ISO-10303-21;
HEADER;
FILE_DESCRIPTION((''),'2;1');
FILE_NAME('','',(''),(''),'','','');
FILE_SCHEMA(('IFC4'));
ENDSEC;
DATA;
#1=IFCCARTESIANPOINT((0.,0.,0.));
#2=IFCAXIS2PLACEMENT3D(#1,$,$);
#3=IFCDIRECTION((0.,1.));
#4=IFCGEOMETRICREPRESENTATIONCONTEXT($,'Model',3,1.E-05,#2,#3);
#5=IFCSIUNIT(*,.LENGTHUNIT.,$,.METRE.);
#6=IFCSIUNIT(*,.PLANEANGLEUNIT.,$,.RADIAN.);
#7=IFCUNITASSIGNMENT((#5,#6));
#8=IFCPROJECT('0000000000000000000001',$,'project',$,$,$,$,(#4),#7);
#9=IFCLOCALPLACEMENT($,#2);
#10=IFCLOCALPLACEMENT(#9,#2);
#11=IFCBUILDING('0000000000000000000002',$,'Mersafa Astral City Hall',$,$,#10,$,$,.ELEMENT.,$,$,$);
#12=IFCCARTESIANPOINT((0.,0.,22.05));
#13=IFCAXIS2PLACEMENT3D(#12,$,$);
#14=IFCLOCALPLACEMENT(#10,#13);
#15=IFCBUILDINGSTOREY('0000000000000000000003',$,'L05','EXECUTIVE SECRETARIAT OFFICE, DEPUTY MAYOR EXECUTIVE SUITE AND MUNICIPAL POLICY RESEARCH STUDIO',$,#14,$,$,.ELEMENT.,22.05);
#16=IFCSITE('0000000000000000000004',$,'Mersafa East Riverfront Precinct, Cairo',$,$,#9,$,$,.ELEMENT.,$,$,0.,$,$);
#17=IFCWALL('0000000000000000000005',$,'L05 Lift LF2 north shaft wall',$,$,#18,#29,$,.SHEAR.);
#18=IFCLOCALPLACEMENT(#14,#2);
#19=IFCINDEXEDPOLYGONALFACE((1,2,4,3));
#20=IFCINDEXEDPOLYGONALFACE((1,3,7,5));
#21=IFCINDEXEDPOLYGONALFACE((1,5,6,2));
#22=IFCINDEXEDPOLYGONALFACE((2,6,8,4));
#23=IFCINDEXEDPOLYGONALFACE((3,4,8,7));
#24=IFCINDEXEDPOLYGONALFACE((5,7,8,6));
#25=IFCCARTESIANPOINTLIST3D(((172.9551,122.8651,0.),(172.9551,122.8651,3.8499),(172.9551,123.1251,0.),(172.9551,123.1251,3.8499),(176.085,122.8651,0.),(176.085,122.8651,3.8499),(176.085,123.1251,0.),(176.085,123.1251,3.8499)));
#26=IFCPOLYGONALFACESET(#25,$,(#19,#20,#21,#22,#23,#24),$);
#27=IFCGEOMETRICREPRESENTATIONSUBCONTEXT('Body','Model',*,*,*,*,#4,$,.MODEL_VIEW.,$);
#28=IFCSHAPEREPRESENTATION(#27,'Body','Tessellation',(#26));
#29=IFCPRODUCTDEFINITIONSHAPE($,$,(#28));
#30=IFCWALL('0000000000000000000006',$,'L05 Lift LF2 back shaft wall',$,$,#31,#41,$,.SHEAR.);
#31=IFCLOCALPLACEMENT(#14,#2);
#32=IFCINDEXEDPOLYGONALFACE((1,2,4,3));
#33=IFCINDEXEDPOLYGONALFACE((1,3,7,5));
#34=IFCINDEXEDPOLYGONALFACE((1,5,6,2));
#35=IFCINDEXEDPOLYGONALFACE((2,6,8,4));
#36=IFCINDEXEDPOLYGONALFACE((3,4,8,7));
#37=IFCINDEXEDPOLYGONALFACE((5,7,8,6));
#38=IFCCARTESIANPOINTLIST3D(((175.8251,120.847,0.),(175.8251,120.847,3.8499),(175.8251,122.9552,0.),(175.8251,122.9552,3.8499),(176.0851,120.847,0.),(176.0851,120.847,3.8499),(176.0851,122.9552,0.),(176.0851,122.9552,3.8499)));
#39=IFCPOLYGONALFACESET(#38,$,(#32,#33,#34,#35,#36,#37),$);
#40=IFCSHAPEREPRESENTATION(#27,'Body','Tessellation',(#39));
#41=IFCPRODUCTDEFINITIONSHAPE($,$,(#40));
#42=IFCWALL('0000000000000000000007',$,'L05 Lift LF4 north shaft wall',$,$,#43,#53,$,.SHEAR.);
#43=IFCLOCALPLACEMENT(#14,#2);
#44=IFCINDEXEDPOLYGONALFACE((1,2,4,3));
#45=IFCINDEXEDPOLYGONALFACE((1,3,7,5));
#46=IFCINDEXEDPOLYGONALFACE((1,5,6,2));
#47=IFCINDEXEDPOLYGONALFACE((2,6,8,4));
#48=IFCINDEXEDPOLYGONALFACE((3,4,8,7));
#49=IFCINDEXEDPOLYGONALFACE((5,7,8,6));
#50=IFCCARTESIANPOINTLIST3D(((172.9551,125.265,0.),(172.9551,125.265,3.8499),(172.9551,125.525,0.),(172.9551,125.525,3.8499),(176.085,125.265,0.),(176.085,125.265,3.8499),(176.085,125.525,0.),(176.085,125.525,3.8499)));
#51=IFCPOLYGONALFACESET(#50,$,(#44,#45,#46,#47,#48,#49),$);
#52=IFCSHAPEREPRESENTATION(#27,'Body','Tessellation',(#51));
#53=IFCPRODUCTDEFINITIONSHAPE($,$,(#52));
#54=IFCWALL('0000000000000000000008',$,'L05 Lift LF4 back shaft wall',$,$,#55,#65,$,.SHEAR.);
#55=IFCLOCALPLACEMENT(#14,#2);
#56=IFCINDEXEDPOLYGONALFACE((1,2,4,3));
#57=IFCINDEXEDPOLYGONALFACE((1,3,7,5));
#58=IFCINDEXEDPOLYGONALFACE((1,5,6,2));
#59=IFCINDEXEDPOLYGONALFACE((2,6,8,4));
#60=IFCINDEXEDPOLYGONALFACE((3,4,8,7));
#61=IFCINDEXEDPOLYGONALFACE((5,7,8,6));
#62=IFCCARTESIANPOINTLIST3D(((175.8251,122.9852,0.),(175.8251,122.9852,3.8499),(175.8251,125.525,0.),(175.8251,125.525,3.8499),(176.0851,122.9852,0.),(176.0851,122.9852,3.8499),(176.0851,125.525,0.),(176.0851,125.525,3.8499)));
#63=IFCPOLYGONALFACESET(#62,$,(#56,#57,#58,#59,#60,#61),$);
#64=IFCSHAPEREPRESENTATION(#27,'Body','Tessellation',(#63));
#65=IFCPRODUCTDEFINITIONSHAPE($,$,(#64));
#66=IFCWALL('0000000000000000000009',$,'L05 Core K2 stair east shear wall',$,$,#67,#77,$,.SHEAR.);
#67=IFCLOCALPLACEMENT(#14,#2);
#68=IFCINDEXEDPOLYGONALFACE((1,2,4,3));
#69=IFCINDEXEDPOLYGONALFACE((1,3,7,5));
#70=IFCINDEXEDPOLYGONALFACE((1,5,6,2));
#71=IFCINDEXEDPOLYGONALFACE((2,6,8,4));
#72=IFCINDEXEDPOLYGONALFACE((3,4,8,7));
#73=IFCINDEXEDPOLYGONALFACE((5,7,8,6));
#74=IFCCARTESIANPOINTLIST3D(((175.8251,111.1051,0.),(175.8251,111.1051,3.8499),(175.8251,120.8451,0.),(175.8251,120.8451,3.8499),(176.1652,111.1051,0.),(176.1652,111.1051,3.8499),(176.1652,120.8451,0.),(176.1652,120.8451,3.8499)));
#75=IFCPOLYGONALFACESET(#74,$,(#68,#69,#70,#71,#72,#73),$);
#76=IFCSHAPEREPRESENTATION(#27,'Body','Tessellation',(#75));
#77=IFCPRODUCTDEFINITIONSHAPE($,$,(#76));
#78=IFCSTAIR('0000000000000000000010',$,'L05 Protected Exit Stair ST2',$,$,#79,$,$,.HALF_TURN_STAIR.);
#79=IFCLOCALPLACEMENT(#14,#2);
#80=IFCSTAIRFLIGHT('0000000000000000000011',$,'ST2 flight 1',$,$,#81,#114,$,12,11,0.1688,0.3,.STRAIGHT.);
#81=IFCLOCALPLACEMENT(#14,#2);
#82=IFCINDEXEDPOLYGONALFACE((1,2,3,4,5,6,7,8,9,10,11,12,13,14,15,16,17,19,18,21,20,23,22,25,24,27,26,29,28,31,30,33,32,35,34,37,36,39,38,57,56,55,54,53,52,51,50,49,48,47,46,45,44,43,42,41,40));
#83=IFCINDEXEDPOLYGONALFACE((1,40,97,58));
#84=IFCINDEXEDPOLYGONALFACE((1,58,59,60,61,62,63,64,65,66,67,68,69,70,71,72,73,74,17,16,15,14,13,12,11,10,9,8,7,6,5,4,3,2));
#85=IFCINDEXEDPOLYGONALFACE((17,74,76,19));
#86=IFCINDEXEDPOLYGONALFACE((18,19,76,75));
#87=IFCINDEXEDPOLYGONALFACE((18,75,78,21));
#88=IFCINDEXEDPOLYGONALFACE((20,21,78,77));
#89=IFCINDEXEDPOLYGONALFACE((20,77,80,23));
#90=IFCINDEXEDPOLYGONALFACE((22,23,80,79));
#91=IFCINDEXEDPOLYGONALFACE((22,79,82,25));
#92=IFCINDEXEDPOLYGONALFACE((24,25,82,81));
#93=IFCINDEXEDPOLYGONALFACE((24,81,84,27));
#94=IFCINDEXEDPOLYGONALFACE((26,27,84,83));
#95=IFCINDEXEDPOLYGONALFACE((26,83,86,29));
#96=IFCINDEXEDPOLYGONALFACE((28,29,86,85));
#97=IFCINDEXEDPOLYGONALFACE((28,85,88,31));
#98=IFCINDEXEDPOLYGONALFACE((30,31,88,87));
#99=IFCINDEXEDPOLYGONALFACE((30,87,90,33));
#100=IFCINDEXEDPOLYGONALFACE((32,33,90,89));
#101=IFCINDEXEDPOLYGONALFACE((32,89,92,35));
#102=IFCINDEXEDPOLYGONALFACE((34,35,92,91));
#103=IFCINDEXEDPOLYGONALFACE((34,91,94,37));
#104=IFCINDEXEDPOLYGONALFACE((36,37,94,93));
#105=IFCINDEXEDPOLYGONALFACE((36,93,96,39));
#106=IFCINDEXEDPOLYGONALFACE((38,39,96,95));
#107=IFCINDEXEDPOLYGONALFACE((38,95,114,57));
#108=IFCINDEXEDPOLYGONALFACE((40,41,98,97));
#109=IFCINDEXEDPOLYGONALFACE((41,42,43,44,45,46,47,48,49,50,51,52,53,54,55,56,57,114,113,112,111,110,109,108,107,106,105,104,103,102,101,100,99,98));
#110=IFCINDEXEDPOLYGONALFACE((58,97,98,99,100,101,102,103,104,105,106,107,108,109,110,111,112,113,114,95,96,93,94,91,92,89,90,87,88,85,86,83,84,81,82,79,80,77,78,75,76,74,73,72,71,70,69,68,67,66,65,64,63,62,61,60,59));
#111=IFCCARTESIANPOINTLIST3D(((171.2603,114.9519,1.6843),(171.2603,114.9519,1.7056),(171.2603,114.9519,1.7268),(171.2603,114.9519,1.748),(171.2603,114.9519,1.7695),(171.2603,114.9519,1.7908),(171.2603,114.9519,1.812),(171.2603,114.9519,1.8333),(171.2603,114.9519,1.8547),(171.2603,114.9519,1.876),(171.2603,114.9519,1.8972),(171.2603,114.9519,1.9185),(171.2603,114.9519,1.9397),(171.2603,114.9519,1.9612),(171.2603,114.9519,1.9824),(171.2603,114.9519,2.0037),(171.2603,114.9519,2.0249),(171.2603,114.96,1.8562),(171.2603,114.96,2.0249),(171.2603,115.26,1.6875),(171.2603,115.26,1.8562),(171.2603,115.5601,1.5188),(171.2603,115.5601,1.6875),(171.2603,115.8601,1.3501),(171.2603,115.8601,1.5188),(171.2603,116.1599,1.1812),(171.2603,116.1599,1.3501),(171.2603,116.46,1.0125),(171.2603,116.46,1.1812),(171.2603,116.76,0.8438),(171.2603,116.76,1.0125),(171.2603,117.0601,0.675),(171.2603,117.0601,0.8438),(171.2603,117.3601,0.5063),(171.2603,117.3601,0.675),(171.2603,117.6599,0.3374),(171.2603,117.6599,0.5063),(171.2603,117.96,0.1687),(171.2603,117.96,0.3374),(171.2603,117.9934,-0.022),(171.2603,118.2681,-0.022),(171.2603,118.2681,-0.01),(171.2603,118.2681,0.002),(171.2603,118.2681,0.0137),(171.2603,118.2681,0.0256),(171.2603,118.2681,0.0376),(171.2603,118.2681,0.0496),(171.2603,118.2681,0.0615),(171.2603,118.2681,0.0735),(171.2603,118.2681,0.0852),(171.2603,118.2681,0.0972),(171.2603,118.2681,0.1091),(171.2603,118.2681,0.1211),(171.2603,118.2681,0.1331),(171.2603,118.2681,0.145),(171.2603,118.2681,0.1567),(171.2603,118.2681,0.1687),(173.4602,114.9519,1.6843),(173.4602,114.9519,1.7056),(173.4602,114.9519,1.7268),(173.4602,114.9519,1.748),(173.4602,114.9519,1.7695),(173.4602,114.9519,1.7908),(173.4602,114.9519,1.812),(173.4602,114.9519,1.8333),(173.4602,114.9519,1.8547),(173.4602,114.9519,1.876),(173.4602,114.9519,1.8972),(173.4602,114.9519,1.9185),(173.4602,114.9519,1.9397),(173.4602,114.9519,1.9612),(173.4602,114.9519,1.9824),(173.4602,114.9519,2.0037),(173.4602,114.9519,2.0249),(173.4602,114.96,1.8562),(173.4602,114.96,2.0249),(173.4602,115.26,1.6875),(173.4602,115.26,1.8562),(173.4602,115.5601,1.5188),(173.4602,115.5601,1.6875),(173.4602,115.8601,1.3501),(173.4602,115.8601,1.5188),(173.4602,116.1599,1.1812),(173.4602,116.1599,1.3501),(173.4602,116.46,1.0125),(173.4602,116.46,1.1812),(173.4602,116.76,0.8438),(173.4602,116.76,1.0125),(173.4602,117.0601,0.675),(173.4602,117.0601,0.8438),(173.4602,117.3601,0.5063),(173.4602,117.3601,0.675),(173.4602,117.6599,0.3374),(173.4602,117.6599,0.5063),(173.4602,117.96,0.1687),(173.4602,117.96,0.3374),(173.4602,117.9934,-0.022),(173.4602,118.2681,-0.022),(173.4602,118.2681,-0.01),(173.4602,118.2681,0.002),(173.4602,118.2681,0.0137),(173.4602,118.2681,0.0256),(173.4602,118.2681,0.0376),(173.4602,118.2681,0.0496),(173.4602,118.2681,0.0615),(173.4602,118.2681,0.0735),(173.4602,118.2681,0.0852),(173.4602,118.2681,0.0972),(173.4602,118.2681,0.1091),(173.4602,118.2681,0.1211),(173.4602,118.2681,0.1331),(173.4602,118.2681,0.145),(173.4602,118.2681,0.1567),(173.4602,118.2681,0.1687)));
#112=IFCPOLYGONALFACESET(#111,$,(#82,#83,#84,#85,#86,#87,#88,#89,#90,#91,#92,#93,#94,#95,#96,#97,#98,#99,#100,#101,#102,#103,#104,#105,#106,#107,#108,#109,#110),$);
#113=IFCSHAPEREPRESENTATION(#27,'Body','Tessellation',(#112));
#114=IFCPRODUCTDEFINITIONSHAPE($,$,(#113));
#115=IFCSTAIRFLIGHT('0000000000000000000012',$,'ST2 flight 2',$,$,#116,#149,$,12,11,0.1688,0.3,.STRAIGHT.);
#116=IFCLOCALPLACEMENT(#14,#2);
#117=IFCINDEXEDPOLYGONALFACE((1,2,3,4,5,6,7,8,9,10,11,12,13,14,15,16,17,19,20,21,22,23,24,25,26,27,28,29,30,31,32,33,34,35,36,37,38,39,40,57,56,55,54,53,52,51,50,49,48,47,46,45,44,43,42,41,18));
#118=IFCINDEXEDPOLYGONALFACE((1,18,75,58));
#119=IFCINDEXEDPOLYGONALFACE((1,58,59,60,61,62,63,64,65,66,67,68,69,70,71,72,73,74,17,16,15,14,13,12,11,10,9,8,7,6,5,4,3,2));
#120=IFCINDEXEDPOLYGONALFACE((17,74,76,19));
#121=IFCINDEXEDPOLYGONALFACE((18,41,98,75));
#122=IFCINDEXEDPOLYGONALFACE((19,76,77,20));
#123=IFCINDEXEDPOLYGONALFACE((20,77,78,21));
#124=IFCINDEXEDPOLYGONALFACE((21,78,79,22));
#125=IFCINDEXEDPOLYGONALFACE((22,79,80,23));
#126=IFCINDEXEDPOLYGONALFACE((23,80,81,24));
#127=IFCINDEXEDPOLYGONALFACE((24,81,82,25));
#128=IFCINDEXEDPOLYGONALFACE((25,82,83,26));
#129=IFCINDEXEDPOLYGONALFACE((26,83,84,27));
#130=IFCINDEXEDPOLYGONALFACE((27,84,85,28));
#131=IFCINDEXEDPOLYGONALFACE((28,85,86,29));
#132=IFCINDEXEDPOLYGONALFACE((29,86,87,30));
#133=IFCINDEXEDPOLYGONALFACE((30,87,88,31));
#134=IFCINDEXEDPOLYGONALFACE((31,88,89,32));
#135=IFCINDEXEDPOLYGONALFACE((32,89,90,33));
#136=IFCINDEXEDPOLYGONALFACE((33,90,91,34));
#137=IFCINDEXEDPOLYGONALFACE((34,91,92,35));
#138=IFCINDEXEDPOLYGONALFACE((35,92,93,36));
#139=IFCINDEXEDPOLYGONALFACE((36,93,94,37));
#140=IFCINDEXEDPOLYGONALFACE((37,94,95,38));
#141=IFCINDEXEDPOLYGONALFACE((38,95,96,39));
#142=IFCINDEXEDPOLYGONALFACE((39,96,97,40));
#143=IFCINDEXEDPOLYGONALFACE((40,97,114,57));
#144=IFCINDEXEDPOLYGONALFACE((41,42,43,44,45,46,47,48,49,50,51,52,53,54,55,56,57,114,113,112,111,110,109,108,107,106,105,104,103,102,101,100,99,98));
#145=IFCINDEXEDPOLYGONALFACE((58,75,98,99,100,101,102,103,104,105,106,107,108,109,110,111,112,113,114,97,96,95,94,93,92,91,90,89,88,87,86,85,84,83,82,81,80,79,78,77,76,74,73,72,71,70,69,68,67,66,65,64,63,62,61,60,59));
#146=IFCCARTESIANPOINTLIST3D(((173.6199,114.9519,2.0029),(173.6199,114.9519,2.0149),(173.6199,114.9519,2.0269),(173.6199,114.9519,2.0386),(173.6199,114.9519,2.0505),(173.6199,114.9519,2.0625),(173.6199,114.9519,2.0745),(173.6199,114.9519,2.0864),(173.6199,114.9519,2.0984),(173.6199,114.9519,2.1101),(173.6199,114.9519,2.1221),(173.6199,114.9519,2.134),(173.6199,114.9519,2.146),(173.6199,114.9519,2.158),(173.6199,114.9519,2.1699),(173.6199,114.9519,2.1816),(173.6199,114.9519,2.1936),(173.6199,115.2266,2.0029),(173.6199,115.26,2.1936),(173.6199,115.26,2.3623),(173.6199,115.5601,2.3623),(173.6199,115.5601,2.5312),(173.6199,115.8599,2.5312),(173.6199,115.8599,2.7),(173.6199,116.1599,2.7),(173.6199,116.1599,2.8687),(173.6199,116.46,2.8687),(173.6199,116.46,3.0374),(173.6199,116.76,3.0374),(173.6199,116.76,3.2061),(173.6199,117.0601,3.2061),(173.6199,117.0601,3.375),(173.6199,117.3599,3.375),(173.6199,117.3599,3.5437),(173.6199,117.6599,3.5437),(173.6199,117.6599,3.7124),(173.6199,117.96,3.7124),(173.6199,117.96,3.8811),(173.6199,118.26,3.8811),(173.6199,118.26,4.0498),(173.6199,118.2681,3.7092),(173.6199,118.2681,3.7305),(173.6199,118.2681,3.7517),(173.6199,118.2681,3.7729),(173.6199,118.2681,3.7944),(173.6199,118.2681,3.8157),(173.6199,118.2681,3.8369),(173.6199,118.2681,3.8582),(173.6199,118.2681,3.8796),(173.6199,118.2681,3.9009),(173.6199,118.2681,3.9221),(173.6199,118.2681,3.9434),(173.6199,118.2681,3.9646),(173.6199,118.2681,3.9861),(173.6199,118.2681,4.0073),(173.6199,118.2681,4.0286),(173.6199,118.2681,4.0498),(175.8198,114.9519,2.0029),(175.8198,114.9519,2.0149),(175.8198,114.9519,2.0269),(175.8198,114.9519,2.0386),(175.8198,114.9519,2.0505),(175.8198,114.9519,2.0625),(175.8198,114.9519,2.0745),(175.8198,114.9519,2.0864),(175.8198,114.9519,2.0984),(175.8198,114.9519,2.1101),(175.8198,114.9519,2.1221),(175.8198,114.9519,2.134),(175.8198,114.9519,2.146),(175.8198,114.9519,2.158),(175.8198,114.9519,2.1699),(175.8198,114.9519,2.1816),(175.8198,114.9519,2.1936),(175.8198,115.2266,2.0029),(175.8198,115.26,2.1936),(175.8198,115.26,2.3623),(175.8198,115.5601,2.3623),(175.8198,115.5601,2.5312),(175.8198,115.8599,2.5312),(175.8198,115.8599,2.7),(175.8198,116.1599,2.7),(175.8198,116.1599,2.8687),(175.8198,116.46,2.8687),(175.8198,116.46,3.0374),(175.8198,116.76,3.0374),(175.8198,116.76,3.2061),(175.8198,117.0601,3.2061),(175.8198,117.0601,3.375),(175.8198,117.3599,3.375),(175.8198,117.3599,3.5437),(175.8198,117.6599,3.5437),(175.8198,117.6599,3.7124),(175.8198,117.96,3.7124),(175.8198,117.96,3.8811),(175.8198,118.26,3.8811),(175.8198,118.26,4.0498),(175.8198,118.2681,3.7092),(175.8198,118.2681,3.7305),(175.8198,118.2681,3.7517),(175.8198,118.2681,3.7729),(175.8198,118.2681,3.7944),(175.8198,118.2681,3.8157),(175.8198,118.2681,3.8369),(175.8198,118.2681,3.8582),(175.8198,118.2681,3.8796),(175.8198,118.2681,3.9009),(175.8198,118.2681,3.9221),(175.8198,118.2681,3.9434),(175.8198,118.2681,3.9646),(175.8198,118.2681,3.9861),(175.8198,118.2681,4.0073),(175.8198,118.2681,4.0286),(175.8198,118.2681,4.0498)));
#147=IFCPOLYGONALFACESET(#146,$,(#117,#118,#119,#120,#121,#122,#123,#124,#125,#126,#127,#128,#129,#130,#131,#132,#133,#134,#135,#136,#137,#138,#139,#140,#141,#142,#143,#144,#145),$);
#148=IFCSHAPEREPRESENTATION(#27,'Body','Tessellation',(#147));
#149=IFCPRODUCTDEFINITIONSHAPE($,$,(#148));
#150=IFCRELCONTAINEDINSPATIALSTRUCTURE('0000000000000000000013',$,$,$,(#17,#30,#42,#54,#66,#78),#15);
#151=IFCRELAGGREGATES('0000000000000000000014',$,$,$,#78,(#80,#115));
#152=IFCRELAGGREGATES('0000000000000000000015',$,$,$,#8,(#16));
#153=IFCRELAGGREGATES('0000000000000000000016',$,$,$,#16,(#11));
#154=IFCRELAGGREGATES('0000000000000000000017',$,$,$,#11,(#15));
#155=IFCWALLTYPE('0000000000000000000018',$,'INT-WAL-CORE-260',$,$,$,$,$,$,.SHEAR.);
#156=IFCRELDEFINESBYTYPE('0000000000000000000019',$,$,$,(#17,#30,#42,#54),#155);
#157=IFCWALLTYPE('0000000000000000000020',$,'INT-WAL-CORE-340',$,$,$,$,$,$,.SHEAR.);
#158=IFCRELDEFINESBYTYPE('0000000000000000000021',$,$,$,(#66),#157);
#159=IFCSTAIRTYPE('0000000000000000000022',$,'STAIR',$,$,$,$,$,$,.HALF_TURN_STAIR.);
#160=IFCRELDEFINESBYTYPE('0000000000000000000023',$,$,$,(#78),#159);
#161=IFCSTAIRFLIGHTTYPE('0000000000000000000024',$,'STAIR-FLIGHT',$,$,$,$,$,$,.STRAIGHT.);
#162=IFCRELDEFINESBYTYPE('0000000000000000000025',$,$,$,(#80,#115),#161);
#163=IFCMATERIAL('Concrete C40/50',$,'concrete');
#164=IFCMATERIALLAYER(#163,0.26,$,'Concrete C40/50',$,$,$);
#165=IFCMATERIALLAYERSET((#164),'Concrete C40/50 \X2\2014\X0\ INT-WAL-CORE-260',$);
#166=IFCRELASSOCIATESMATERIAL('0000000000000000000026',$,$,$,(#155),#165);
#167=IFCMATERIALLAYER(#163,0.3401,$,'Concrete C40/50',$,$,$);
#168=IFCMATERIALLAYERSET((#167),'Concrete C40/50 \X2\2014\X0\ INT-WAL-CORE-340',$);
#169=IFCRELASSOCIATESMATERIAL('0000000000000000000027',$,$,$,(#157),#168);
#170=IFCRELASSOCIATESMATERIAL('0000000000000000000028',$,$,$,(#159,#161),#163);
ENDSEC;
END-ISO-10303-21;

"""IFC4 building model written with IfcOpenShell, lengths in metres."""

from ifc_helpers import new_model, si_unit, direction, frame, frame_2d, origin, place, context, subcontext, project, spatial, polyline, rectangle, outline, extrude, material, layer, layer_set, type_object, element, aggregate, save


model = new_model("IFC4")

# Units and contexts
model_context = context("Model", 3, precision=1e-05, world=origin(), true_north=direction((0.0, 1.0)))
body_context = subcontext(model_context, "Body", "Model", "MODEL_VIEW")
ifc_project = project(units=[si_unit("LENGTHUNIT", "METRE"), si_unit("PLANEANGLEUNIT", "RADIAN")], contexts=[model_context])

# Site, building, storey
site_placement = place(None, origin())
site = spatial("IfcSite", under=ifc_project, at=site_placement, Name="Mersafa East Riverfront Precinct, Cairo", CompositionType="ELEMENT", RefElevation=0.0)
building_placement = place(site_placement, origin())
building = spatial("IfcBuilding", under=site, at=building_placement, Name="Mersafa Astral City Hall", CompositionType="ELEMENT")
storey_placement = place(building_placement, frame((0.0, 0.0, 22.05)))
storey = spatial("IfcBuildingStorey", under=building, at=storey_placement, Name="L05", Description="EXECUTIVE SECRETARIAT OFFICE, DEPUTY MAYOR EXECUTIVE SUITE AND MUNICIPAL POLICY RESEARCH STUDIO", CompositionType="ELEMENT", Elevation=22.05)

# Walls
ifc_material_1 = material(Name="Concrete C40/50", Category="concrete")
ifc_layer_1 = layer(ifc_material_1, 0.26, Name="Concrete C40/50")
ifc_layer_set_1 = layer_set([ifc_layer_1], Name="Concrete C40/50 — INT-WAL-CORE-260")
wall_type_1 = type_object("IfcWallType", Name="INT-WAL-CORE-260", PredefinedType="SHEAR", material=ifc_layer_set_1)
wall_1_placement = place(storey_placement, frame((172.9551, 122.9951, 0.0), z_axis=(0.0, 0.0, 1.0), x_axis=(1.0, 0.0, 0.0)))
element("IfcWall", 1, at=wall_1_placement, inside=storey, type_object=wall_type_1, Name="L05 Lift LF2 north shaft wall", PredefinedType="SHEAR", context=body_context, shape_type="SweptSolid", body=[
    extrude(rectangle(XDim=3.1299, YDim=0.26, at=frame_2d((1.5649, 0.0))), origin(), (0.0, 0.0, 1.0), 3.8499),
])
wall_2_placement = place(storey_placement, frame((175.9551, 120.8469, 0.0), z_axis=(0.0, 0.0, 1.0), x_axis=(0.0, 1.0, 0.0)))
element("IfcWall", 2, at=wall_2_placement, inside=storey, type_object=wall_type_1, Name="L05 Lift LF2 back shaft wall", PredefinedType="SHEAR", context=body_context, shape_type="SweptSolid", body=[
    extrude(rectangle(XDim=2.1082, YDim=0.26, at=frame_2d((1.0542, 0.0))), origin(), (0.0, 0.0, 1.0), 3.8499),
])

# Walls
wall_3_placement = place(storey_placement, frame((172.9551, 125.395, 0.0), z_axis=(0.0, 0.0, 1.0), x_axis=(1.0, 0.0, 0.0)))
element("IfcWall", 3, at=wall_3_placement, inside=storey, type_object=wall_type_1, Name="L05 Lift LF4 north shaft wall", PredefinedType="SHEAR", context=body_context, shape_type="SweptSolid", body=[
    extrude(rectangle(XDim=3.1299, YDim=0.26, at=frame_2d((1.5649, 0.0))), origin(), (0.0, 0.0, 1.0), 3.8499),
])
wall_4_placement = place(storey_placement, frame((175.9551, 122.9851, 0.0), z_axis=(0.0, 0.0, 1.0), x_axis=(0.0, 1.0, 0.0)))
element("IfcWall", 4, at=wall_4_placement, inside=storey, type_object=wall_type_1, Name="L05 Lift LF4 back shaft wall", PredefinedType="SHEAR", context=body_context, shape_type="SweptSolid", body=[
    extrude(rectangle(XDim=2.5398, YDim=0.26, at=frame_2d((1.27, 0.0))), origin(), (0.0, 0.0, 1.0), 3.8499),
])

# Wall
ifc_layer_2 = layer(ifc_material_1, 0.3401, Name="Concrete C40/50")
ifc_layer_set_2 = layer_set([ifc_layer_2], Name="Concrete C40/50 — INT-WAL-CORE-340")
wall_type_2 = type_object("IfcWallType", Name="INT-WAL-CORE-340", PredefinedType="SHEAR", material=ifc_layer_set_2)
wall_5_placement = place(storey_placement, frame((175.9951, 111.105, 0.0), z_axis=(0.0, 0.0, 1.0), x_axis=(0.0, 1.0, 0.0)))
element("IfcWall", 5, at=wall_5_placement, inside=storey, type_object=wall_type_2, Name="L05 Core K2 stair east shear wall", PredefinedType="SHEAR", context=body_context, shape_type="SweptSolid", body=[
    extrude(rectangle(XDim=9.74, YDim=0.3401, at=frame_2d((4.8701, 0.0))), origin(), (0.0, 0.0, 1.0), 3.8499),
])

# Stair, stair flights
stair_type = type_object("IfcStairType", Name="STAIR", PredefinedType="HALF_TURN_STAIR", material=ifc_material_1)
stair_placement = place(storey_placement, origin())
stair = element("IfcStair", 6, at=stair_placement, inside=storey, type_object=stair_type, Name="L05 Protected Exit Stair ST2", PredefinedType="HALF_TURN_STAIR")
stair_flight_type = type_object("IfcStairFlightType", Name="STAIR-FLIGHT", PredefinedType="STRAIGHT", material=ifc_material_1)
stair_flight_1_placement = place(storey_placement, frame((172.3601, 118.26, 0.0), z_axis=(0.0, 0.0, 1.0), x_axis=(0.0, -1.0, 0.0)))
stair_flight_1 = element("IfcStairFlight", 7, at=stair_flight_1_placement, type_object=stair_flight_type, Name="ST2 flight 1", NumberOfRisers=12, NumberOfTreads=11, PredefinedType="STRAIGHT", RiserHeight=0.1688, TreadLength=0.3, context=body_context, shape_type="SweptSolid", body=[
    extrude(outline(polyline([(-0.0081, -0.022), (-0.0081, -0.01), (-0.0081, 0.002), (-0.0081, 0.0137), (-0.0081, 0.0256), (-0.0081, 0.0376), (-0.0081, 0.0496), (-0.0081, 0.0615), (-0.0081, 0.0735), (-0.0081, 0.0852), (-0.0081, 0.0972), (-0.0081, 0.1091), (-0.0081, 0.1211), (-0.0081, 0.1331), (-0.0081, 0.145), (-0.0081, 0.1567), (-0.0081, 0.1687), (0.3, 0.1687), (0.3, 0.3374), (0.6001, 0.3374), (0.6001, 0.5063), (0.8999, 0.5063), (0.8999, 0.675), (1.2, 0.675), (1.2, 0.8438), (1.5, 0.8438), (1.5, 1.0125), (1.8, 1.0125), (1.8, 1.1812), (2.1001, 1.1812), (2.1001, 1.3501), (2.3999, 1.3501), (2.3999, 1.5188), (2.7, 1.5188), (2.7, 1.6875), (3.0, 1.6875), (3.0, 1.8562), (3.3, 1.8562), (3.3, 2.0249), (3.3081, 2.0249), (3.3081, 2.0037), (3.3081, 1.9824), (3.3081, 1.9612), (3.3081, 1.9397), (3.3081, 1.9185), (3.3081, 1.8972), (3.3081, 1.876), (3.3081, 1.8547), (3.3081, 1.8333), (3.3081, 1.812), (3.3081, 1.7908), (3.3081, 1.7695), (3.3081, 1.748), (3.3081, 1.7268), (3.3081, 1.7056), (3.3081, 1.6843), (0.2666, -0.022), (-0.0081, -0.022)])), frame((0.0, 1.1001, 0.0), z_axis=(0.0, -1.0, 0.0), x_axis=(1.0, 0.0, 0.0)), (0.0, 0.0, 1.0), 2.2),
])
stair_flight_2_placement = place(storey_placement, frame((174.72, 114.96, 2.0249), z_axis=(0.0, 0.0, 1.0), x_axis=(0.0, 1.0, 0.0)))
stair_flight_2 = element("IfcStairFlight", 8, at=stair_flight_2_placement, type_object=stair_flight_type, Name="ST2 flight 2", NumberOfRisers=12, NumberOfTreads=11, PredefinedType="STRAIGHT", RiserHeight=0.1688, TreadLength=0.3, context=body_context, shape_type="SweptSolid", body=[
    extrude(outline(polyline([(-0.0081, -0.022), (-0.0081, -0.01), (-0.0081, 0.002), (-0.0081, 0.0137), (-0.0081, 0.0256), (-0.0081, 0.0376), (-0.0081, 0.0496), (-0.0081, 0.0615), (-0.0081, 0.0735), (-0.0081, 0.0852), (-0.0081, 0.0972), (-0.0081, 0.1091), (-0.0081, 0.1211), (-0.0081, 0.1331), (-0.0081, 0.145), (-0.0081, 0.1567), (-0.0081, 0.1687), (0.3, 0.1687), (0.3, 0.3374), (0.6001, 0.3374), (0.6001, 0.5063), (0.8999, 0.5063), (0.8999, 0.675), (1.2, 0.675), (1.2, 0.8438), (1.5, 0.8438), (1.5, 1.0125), (1.8, 1.0125), (1.8, 1.1812), (2.1001, 1.1812), (2.1001, 1.3501), (2.3999, 1.3501), (2.3999, 1.5188), (2.7, 1.5188), (2.7, 1.6875), (3.0, 1.6875), (3.0, 1.8562), (3.3, 1.8562), (3.3, 2.0249), (3.3081, 2.0249), (3.3081, 2.0037), (3.3081, 1.9824), (3.3081, 1.9612), (3.3081, 1.9397), (3.3081, 1.9185), (3.3081, 1.8972), (3.3081, 1.876), (3.3081, 1.8547), (3.3081, 1.8333), (3.3081, 1.812), (3.3081, 1.7908), (3.3081, 1.7695), (3.3081, 1.748), (3.3081, 1.7268), (3.3081, 1.7056), (3.3081, 1.6843), (0.2666, -0.022), (-0.0081, -0.022)])), frame((0.0, 1.1001, 0.0), z_axis=(0.0, -1.0, 0.0), x_axis=(1.0, 0.0, 0.0)), (0.0, 0.0, 1.0), 2.2),
])
aggregate(stair, [stair_flight_1, stair_flight_2])

save(model, "model.ifc")
